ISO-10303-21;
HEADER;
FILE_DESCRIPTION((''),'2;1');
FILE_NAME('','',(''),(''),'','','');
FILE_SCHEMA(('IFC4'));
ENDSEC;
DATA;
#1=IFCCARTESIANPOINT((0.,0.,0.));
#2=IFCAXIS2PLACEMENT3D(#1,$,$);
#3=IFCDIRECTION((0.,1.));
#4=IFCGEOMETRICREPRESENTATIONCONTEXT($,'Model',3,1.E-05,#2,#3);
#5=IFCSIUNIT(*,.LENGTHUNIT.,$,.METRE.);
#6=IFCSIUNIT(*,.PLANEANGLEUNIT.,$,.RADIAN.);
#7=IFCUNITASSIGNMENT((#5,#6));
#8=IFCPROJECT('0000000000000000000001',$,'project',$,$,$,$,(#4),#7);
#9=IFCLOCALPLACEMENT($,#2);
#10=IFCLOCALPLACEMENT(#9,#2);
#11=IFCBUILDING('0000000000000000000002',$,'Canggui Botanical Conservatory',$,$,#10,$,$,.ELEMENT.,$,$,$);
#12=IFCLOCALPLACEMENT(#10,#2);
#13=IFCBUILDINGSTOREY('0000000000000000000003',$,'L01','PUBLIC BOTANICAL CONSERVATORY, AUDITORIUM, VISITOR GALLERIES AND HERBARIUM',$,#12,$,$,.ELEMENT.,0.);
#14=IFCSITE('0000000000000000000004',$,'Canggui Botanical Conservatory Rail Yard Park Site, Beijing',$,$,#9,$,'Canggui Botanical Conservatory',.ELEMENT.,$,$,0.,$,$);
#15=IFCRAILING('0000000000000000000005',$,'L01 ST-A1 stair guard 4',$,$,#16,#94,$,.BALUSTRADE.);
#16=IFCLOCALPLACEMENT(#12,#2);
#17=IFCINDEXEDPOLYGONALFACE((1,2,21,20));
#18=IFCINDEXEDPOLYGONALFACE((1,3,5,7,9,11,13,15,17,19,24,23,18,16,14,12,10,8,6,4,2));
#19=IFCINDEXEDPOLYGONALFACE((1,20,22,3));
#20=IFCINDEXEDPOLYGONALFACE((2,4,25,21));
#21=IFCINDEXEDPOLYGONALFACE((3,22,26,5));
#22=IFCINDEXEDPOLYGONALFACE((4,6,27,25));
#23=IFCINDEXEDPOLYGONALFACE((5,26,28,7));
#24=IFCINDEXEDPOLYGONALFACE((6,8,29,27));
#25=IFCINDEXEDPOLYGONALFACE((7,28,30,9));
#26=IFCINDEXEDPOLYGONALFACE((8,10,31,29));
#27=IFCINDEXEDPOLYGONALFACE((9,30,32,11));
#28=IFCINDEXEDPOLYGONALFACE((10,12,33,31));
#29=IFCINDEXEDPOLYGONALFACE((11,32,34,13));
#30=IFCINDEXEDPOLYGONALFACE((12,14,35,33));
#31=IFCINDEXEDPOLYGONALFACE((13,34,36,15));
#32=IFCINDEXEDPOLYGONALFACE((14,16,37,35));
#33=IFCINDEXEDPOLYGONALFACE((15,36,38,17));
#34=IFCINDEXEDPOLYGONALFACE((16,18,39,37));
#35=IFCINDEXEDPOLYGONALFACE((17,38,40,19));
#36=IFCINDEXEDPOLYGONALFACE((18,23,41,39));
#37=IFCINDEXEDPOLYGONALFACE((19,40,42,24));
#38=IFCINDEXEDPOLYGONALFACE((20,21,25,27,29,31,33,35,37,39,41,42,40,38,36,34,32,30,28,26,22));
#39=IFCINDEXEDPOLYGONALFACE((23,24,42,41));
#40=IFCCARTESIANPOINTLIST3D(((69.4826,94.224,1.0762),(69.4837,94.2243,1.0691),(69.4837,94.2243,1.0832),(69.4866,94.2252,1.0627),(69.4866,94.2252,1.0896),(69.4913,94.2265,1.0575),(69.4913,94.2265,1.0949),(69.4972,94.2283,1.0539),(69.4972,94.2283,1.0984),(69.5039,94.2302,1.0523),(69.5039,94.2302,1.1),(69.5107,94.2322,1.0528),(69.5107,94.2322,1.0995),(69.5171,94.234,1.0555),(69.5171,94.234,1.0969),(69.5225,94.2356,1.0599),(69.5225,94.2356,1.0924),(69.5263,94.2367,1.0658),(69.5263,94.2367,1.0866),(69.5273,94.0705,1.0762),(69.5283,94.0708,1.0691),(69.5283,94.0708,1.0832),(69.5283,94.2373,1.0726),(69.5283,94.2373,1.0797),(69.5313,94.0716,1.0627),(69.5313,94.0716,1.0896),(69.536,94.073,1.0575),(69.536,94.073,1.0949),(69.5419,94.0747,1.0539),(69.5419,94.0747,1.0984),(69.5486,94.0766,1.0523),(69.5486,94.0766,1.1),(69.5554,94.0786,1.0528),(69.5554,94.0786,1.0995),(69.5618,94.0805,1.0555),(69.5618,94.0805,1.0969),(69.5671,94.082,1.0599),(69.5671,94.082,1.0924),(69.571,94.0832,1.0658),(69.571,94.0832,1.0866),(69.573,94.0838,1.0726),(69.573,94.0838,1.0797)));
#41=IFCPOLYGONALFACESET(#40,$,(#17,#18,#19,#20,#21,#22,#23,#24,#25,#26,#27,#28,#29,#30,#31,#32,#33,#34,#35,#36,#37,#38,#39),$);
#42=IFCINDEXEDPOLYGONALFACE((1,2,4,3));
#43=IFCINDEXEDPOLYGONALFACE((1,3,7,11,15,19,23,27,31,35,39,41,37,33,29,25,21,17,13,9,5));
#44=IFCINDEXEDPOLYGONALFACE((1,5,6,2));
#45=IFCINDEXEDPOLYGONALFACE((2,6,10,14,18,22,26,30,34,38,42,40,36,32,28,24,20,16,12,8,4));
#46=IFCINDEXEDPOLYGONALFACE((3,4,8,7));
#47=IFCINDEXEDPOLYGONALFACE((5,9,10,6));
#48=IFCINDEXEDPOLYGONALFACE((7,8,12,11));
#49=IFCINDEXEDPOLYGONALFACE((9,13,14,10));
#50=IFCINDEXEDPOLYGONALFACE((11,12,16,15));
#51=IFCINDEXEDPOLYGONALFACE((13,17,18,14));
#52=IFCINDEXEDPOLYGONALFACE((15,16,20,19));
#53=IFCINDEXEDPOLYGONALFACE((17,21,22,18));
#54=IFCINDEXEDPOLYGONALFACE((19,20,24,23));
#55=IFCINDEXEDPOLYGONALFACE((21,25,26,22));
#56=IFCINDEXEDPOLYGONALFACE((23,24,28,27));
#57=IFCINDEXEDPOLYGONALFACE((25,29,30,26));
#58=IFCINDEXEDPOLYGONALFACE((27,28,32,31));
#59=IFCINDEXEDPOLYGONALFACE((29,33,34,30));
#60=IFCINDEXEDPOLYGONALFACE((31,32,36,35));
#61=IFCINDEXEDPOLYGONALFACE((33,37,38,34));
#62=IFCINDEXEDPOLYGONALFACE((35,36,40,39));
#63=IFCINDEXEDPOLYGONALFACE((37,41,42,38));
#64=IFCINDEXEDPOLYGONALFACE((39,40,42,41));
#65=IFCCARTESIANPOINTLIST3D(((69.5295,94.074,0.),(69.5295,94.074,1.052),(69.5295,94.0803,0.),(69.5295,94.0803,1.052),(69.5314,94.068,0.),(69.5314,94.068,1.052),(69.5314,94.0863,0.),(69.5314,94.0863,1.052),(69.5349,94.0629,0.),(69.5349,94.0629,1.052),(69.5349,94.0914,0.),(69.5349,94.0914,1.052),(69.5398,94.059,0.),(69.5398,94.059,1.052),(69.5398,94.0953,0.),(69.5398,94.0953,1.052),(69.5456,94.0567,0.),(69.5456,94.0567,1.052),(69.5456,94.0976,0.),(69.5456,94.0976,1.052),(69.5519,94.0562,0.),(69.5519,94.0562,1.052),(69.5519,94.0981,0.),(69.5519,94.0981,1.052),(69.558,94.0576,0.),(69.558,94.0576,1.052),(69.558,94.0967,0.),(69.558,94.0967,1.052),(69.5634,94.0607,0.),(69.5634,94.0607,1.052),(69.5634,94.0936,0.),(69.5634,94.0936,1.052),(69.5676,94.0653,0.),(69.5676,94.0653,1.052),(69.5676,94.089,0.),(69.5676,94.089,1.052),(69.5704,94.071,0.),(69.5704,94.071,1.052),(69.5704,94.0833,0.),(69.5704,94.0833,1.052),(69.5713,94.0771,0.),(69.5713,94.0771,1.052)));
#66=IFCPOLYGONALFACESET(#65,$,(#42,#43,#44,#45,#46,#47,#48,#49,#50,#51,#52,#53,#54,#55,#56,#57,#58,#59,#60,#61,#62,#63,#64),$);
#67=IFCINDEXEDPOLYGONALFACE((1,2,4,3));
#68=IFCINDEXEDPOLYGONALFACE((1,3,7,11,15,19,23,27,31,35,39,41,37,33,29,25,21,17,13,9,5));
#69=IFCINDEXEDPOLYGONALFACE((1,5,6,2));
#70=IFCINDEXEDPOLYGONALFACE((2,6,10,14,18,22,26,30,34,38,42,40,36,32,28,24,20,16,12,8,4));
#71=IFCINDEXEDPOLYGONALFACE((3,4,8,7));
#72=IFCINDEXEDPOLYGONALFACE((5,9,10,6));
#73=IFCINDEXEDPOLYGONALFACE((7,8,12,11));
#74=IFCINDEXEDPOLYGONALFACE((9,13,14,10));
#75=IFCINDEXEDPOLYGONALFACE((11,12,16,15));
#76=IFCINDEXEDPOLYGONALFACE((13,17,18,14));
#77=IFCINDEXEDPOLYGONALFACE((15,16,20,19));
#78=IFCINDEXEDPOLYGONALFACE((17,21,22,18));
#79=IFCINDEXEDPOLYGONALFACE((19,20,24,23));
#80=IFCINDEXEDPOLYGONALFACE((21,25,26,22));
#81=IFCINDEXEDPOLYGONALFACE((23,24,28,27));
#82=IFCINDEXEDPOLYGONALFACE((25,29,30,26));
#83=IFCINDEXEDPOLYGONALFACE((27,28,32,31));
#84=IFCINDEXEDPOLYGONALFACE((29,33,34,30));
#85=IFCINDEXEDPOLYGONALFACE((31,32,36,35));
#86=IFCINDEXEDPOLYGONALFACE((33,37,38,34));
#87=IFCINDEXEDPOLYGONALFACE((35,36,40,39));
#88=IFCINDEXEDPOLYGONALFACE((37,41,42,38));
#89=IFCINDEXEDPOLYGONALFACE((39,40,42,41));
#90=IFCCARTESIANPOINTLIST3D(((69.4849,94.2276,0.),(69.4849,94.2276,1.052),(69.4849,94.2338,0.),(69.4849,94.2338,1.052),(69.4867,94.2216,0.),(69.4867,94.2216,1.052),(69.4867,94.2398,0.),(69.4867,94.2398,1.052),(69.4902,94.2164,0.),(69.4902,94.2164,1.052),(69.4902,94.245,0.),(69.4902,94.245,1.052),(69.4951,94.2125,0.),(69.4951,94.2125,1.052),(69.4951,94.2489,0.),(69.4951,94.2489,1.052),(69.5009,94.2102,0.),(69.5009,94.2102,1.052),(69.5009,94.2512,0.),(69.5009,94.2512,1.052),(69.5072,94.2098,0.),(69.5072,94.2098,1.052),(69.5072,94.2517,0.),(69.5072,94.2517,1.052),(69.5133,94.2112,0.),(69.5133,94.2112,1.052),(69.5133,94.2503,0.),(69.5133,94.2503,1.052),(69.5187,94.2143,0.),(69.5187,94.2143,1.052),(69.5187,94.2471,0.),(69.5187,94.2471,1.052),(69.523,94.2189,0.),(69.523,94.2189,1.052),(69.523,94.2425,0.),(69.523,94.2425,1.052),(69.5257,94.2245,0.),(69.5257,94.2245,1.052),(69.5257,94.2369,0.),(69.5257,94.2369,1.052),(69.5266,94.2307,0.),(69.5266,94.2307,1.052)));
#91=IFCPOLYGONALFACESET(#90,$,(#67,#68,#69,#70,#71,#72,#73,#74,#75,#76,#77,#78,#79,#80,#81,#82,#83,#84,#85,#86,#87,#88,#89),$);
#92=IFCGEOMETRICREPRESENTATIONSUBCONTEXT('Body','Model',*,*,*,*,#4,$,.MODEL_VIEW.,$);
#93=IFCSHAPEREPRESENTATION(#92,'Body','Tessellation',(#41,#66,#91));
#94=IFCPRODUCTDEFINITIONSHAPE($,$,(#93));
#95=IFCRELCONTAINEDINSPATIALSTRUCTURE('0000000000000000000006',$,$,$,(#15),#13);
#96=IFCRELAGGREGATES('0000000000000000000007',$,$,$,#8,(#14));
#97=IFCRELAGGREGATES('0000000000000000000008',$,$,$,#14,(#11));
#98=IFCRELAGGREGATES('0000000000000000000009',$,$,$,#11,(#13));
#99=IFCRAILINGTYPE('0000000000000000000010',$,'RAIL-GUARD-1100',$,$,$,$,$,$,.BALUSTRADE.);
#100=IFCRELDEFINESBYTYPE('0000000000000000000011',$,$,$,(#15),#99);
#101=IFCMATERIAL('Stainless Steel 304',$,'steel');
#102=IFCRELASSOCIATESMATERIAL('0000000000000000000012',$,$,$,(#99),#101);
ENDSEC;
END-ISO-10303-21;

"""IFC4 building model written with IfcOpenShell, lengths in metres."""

from ifc_helpers import new_model, si_unit, direction, frame, origin, origin_2d, place, context, subcontext, project, spatial, circle, extrude, material, type_object, element, save


model = new_model("IFC4")

# Units and contexts
model_context = context("Model", 3, precision=1e-05, world=origin(), true_north=direction((0.0, 1.0)))
body_context = subcontext(model_context, "Body", "Model", "MODEL_VIEW")
ifc_project = project(units=[si_unit("LENGTHUNIT", "METRE"), si_unit("PLANEANGLEUNIT", "RADIAN")], contexts=[model_context])

# Site, building, storey
site_placement = place(None, origin())
site = spatial("IfcSite", under=ifc_project, at=site_placement, Name="Canggui Botanical Conservatory Rail Yard Park Site, Beijing", LongName="Canggui Botanical Conservatory", CompositionType="ELEMENT", RefElevation=0.0)
building_placement = place(site_placement, origin())
building = spatial("IfcBuilding", under=site, at=building_placement, Name="Canggui Botanical Conservatory", CompositionType="ELEMENT")
storey_placement = place(building_placement, origin())
storey = spatial("IfcBuildingStorey", under=building, at=storey_placement, Name="L01", Description="PUBLIC BOTANICAL CONSERVATORY, AUDITORIUM, VISITOR GALLERIES AND HERBARIUM", CompositionType="ELEMENT", Elevation=0.0)

# Shared definitions
ifc_material_1 = material(Name="Stainless Steel 304", Category="steel")

# Railing
railing_type = type_object("IfcRailingType", Name="RAIL-GUARD-1100", PredefinedType="BALUSTRADE", material=ifc_material_1)
railing_1_placement = place(storey_placement, frame((69.5503, 94.0771, 0.0)))
element("IfcRailing", 1, at=railing_1_placement, inside=storey, type_object=railing_type, Name="L01 ST-A1 stair guard 4", PredefinedType="BALUSTRADE", context=body_context, shape_type="SweptSolid", body=[
    extrude(circle(Radius=0.0239, at=origin_2d()), frame((0.0, 0.0, 1.0762), z_axis=(-0.279355, 0.960188, 0.0), x_axis=(-0.960188, -0.279355, 0.0)), (0.0, 0.0, 1.0), 0.1599),
    extrude(circle(Radius=0.021, at=origin_2d()), origin(), (0.0, 0.0, 1.0), 1.052),
    extrude(circle(Radius=0.021, at=origin_2d()), frame((-0.0447, 0.1536, 0.0)), (0.0, 0.0, 1.0), 1.052),
])

save(model, "model.ifc")
